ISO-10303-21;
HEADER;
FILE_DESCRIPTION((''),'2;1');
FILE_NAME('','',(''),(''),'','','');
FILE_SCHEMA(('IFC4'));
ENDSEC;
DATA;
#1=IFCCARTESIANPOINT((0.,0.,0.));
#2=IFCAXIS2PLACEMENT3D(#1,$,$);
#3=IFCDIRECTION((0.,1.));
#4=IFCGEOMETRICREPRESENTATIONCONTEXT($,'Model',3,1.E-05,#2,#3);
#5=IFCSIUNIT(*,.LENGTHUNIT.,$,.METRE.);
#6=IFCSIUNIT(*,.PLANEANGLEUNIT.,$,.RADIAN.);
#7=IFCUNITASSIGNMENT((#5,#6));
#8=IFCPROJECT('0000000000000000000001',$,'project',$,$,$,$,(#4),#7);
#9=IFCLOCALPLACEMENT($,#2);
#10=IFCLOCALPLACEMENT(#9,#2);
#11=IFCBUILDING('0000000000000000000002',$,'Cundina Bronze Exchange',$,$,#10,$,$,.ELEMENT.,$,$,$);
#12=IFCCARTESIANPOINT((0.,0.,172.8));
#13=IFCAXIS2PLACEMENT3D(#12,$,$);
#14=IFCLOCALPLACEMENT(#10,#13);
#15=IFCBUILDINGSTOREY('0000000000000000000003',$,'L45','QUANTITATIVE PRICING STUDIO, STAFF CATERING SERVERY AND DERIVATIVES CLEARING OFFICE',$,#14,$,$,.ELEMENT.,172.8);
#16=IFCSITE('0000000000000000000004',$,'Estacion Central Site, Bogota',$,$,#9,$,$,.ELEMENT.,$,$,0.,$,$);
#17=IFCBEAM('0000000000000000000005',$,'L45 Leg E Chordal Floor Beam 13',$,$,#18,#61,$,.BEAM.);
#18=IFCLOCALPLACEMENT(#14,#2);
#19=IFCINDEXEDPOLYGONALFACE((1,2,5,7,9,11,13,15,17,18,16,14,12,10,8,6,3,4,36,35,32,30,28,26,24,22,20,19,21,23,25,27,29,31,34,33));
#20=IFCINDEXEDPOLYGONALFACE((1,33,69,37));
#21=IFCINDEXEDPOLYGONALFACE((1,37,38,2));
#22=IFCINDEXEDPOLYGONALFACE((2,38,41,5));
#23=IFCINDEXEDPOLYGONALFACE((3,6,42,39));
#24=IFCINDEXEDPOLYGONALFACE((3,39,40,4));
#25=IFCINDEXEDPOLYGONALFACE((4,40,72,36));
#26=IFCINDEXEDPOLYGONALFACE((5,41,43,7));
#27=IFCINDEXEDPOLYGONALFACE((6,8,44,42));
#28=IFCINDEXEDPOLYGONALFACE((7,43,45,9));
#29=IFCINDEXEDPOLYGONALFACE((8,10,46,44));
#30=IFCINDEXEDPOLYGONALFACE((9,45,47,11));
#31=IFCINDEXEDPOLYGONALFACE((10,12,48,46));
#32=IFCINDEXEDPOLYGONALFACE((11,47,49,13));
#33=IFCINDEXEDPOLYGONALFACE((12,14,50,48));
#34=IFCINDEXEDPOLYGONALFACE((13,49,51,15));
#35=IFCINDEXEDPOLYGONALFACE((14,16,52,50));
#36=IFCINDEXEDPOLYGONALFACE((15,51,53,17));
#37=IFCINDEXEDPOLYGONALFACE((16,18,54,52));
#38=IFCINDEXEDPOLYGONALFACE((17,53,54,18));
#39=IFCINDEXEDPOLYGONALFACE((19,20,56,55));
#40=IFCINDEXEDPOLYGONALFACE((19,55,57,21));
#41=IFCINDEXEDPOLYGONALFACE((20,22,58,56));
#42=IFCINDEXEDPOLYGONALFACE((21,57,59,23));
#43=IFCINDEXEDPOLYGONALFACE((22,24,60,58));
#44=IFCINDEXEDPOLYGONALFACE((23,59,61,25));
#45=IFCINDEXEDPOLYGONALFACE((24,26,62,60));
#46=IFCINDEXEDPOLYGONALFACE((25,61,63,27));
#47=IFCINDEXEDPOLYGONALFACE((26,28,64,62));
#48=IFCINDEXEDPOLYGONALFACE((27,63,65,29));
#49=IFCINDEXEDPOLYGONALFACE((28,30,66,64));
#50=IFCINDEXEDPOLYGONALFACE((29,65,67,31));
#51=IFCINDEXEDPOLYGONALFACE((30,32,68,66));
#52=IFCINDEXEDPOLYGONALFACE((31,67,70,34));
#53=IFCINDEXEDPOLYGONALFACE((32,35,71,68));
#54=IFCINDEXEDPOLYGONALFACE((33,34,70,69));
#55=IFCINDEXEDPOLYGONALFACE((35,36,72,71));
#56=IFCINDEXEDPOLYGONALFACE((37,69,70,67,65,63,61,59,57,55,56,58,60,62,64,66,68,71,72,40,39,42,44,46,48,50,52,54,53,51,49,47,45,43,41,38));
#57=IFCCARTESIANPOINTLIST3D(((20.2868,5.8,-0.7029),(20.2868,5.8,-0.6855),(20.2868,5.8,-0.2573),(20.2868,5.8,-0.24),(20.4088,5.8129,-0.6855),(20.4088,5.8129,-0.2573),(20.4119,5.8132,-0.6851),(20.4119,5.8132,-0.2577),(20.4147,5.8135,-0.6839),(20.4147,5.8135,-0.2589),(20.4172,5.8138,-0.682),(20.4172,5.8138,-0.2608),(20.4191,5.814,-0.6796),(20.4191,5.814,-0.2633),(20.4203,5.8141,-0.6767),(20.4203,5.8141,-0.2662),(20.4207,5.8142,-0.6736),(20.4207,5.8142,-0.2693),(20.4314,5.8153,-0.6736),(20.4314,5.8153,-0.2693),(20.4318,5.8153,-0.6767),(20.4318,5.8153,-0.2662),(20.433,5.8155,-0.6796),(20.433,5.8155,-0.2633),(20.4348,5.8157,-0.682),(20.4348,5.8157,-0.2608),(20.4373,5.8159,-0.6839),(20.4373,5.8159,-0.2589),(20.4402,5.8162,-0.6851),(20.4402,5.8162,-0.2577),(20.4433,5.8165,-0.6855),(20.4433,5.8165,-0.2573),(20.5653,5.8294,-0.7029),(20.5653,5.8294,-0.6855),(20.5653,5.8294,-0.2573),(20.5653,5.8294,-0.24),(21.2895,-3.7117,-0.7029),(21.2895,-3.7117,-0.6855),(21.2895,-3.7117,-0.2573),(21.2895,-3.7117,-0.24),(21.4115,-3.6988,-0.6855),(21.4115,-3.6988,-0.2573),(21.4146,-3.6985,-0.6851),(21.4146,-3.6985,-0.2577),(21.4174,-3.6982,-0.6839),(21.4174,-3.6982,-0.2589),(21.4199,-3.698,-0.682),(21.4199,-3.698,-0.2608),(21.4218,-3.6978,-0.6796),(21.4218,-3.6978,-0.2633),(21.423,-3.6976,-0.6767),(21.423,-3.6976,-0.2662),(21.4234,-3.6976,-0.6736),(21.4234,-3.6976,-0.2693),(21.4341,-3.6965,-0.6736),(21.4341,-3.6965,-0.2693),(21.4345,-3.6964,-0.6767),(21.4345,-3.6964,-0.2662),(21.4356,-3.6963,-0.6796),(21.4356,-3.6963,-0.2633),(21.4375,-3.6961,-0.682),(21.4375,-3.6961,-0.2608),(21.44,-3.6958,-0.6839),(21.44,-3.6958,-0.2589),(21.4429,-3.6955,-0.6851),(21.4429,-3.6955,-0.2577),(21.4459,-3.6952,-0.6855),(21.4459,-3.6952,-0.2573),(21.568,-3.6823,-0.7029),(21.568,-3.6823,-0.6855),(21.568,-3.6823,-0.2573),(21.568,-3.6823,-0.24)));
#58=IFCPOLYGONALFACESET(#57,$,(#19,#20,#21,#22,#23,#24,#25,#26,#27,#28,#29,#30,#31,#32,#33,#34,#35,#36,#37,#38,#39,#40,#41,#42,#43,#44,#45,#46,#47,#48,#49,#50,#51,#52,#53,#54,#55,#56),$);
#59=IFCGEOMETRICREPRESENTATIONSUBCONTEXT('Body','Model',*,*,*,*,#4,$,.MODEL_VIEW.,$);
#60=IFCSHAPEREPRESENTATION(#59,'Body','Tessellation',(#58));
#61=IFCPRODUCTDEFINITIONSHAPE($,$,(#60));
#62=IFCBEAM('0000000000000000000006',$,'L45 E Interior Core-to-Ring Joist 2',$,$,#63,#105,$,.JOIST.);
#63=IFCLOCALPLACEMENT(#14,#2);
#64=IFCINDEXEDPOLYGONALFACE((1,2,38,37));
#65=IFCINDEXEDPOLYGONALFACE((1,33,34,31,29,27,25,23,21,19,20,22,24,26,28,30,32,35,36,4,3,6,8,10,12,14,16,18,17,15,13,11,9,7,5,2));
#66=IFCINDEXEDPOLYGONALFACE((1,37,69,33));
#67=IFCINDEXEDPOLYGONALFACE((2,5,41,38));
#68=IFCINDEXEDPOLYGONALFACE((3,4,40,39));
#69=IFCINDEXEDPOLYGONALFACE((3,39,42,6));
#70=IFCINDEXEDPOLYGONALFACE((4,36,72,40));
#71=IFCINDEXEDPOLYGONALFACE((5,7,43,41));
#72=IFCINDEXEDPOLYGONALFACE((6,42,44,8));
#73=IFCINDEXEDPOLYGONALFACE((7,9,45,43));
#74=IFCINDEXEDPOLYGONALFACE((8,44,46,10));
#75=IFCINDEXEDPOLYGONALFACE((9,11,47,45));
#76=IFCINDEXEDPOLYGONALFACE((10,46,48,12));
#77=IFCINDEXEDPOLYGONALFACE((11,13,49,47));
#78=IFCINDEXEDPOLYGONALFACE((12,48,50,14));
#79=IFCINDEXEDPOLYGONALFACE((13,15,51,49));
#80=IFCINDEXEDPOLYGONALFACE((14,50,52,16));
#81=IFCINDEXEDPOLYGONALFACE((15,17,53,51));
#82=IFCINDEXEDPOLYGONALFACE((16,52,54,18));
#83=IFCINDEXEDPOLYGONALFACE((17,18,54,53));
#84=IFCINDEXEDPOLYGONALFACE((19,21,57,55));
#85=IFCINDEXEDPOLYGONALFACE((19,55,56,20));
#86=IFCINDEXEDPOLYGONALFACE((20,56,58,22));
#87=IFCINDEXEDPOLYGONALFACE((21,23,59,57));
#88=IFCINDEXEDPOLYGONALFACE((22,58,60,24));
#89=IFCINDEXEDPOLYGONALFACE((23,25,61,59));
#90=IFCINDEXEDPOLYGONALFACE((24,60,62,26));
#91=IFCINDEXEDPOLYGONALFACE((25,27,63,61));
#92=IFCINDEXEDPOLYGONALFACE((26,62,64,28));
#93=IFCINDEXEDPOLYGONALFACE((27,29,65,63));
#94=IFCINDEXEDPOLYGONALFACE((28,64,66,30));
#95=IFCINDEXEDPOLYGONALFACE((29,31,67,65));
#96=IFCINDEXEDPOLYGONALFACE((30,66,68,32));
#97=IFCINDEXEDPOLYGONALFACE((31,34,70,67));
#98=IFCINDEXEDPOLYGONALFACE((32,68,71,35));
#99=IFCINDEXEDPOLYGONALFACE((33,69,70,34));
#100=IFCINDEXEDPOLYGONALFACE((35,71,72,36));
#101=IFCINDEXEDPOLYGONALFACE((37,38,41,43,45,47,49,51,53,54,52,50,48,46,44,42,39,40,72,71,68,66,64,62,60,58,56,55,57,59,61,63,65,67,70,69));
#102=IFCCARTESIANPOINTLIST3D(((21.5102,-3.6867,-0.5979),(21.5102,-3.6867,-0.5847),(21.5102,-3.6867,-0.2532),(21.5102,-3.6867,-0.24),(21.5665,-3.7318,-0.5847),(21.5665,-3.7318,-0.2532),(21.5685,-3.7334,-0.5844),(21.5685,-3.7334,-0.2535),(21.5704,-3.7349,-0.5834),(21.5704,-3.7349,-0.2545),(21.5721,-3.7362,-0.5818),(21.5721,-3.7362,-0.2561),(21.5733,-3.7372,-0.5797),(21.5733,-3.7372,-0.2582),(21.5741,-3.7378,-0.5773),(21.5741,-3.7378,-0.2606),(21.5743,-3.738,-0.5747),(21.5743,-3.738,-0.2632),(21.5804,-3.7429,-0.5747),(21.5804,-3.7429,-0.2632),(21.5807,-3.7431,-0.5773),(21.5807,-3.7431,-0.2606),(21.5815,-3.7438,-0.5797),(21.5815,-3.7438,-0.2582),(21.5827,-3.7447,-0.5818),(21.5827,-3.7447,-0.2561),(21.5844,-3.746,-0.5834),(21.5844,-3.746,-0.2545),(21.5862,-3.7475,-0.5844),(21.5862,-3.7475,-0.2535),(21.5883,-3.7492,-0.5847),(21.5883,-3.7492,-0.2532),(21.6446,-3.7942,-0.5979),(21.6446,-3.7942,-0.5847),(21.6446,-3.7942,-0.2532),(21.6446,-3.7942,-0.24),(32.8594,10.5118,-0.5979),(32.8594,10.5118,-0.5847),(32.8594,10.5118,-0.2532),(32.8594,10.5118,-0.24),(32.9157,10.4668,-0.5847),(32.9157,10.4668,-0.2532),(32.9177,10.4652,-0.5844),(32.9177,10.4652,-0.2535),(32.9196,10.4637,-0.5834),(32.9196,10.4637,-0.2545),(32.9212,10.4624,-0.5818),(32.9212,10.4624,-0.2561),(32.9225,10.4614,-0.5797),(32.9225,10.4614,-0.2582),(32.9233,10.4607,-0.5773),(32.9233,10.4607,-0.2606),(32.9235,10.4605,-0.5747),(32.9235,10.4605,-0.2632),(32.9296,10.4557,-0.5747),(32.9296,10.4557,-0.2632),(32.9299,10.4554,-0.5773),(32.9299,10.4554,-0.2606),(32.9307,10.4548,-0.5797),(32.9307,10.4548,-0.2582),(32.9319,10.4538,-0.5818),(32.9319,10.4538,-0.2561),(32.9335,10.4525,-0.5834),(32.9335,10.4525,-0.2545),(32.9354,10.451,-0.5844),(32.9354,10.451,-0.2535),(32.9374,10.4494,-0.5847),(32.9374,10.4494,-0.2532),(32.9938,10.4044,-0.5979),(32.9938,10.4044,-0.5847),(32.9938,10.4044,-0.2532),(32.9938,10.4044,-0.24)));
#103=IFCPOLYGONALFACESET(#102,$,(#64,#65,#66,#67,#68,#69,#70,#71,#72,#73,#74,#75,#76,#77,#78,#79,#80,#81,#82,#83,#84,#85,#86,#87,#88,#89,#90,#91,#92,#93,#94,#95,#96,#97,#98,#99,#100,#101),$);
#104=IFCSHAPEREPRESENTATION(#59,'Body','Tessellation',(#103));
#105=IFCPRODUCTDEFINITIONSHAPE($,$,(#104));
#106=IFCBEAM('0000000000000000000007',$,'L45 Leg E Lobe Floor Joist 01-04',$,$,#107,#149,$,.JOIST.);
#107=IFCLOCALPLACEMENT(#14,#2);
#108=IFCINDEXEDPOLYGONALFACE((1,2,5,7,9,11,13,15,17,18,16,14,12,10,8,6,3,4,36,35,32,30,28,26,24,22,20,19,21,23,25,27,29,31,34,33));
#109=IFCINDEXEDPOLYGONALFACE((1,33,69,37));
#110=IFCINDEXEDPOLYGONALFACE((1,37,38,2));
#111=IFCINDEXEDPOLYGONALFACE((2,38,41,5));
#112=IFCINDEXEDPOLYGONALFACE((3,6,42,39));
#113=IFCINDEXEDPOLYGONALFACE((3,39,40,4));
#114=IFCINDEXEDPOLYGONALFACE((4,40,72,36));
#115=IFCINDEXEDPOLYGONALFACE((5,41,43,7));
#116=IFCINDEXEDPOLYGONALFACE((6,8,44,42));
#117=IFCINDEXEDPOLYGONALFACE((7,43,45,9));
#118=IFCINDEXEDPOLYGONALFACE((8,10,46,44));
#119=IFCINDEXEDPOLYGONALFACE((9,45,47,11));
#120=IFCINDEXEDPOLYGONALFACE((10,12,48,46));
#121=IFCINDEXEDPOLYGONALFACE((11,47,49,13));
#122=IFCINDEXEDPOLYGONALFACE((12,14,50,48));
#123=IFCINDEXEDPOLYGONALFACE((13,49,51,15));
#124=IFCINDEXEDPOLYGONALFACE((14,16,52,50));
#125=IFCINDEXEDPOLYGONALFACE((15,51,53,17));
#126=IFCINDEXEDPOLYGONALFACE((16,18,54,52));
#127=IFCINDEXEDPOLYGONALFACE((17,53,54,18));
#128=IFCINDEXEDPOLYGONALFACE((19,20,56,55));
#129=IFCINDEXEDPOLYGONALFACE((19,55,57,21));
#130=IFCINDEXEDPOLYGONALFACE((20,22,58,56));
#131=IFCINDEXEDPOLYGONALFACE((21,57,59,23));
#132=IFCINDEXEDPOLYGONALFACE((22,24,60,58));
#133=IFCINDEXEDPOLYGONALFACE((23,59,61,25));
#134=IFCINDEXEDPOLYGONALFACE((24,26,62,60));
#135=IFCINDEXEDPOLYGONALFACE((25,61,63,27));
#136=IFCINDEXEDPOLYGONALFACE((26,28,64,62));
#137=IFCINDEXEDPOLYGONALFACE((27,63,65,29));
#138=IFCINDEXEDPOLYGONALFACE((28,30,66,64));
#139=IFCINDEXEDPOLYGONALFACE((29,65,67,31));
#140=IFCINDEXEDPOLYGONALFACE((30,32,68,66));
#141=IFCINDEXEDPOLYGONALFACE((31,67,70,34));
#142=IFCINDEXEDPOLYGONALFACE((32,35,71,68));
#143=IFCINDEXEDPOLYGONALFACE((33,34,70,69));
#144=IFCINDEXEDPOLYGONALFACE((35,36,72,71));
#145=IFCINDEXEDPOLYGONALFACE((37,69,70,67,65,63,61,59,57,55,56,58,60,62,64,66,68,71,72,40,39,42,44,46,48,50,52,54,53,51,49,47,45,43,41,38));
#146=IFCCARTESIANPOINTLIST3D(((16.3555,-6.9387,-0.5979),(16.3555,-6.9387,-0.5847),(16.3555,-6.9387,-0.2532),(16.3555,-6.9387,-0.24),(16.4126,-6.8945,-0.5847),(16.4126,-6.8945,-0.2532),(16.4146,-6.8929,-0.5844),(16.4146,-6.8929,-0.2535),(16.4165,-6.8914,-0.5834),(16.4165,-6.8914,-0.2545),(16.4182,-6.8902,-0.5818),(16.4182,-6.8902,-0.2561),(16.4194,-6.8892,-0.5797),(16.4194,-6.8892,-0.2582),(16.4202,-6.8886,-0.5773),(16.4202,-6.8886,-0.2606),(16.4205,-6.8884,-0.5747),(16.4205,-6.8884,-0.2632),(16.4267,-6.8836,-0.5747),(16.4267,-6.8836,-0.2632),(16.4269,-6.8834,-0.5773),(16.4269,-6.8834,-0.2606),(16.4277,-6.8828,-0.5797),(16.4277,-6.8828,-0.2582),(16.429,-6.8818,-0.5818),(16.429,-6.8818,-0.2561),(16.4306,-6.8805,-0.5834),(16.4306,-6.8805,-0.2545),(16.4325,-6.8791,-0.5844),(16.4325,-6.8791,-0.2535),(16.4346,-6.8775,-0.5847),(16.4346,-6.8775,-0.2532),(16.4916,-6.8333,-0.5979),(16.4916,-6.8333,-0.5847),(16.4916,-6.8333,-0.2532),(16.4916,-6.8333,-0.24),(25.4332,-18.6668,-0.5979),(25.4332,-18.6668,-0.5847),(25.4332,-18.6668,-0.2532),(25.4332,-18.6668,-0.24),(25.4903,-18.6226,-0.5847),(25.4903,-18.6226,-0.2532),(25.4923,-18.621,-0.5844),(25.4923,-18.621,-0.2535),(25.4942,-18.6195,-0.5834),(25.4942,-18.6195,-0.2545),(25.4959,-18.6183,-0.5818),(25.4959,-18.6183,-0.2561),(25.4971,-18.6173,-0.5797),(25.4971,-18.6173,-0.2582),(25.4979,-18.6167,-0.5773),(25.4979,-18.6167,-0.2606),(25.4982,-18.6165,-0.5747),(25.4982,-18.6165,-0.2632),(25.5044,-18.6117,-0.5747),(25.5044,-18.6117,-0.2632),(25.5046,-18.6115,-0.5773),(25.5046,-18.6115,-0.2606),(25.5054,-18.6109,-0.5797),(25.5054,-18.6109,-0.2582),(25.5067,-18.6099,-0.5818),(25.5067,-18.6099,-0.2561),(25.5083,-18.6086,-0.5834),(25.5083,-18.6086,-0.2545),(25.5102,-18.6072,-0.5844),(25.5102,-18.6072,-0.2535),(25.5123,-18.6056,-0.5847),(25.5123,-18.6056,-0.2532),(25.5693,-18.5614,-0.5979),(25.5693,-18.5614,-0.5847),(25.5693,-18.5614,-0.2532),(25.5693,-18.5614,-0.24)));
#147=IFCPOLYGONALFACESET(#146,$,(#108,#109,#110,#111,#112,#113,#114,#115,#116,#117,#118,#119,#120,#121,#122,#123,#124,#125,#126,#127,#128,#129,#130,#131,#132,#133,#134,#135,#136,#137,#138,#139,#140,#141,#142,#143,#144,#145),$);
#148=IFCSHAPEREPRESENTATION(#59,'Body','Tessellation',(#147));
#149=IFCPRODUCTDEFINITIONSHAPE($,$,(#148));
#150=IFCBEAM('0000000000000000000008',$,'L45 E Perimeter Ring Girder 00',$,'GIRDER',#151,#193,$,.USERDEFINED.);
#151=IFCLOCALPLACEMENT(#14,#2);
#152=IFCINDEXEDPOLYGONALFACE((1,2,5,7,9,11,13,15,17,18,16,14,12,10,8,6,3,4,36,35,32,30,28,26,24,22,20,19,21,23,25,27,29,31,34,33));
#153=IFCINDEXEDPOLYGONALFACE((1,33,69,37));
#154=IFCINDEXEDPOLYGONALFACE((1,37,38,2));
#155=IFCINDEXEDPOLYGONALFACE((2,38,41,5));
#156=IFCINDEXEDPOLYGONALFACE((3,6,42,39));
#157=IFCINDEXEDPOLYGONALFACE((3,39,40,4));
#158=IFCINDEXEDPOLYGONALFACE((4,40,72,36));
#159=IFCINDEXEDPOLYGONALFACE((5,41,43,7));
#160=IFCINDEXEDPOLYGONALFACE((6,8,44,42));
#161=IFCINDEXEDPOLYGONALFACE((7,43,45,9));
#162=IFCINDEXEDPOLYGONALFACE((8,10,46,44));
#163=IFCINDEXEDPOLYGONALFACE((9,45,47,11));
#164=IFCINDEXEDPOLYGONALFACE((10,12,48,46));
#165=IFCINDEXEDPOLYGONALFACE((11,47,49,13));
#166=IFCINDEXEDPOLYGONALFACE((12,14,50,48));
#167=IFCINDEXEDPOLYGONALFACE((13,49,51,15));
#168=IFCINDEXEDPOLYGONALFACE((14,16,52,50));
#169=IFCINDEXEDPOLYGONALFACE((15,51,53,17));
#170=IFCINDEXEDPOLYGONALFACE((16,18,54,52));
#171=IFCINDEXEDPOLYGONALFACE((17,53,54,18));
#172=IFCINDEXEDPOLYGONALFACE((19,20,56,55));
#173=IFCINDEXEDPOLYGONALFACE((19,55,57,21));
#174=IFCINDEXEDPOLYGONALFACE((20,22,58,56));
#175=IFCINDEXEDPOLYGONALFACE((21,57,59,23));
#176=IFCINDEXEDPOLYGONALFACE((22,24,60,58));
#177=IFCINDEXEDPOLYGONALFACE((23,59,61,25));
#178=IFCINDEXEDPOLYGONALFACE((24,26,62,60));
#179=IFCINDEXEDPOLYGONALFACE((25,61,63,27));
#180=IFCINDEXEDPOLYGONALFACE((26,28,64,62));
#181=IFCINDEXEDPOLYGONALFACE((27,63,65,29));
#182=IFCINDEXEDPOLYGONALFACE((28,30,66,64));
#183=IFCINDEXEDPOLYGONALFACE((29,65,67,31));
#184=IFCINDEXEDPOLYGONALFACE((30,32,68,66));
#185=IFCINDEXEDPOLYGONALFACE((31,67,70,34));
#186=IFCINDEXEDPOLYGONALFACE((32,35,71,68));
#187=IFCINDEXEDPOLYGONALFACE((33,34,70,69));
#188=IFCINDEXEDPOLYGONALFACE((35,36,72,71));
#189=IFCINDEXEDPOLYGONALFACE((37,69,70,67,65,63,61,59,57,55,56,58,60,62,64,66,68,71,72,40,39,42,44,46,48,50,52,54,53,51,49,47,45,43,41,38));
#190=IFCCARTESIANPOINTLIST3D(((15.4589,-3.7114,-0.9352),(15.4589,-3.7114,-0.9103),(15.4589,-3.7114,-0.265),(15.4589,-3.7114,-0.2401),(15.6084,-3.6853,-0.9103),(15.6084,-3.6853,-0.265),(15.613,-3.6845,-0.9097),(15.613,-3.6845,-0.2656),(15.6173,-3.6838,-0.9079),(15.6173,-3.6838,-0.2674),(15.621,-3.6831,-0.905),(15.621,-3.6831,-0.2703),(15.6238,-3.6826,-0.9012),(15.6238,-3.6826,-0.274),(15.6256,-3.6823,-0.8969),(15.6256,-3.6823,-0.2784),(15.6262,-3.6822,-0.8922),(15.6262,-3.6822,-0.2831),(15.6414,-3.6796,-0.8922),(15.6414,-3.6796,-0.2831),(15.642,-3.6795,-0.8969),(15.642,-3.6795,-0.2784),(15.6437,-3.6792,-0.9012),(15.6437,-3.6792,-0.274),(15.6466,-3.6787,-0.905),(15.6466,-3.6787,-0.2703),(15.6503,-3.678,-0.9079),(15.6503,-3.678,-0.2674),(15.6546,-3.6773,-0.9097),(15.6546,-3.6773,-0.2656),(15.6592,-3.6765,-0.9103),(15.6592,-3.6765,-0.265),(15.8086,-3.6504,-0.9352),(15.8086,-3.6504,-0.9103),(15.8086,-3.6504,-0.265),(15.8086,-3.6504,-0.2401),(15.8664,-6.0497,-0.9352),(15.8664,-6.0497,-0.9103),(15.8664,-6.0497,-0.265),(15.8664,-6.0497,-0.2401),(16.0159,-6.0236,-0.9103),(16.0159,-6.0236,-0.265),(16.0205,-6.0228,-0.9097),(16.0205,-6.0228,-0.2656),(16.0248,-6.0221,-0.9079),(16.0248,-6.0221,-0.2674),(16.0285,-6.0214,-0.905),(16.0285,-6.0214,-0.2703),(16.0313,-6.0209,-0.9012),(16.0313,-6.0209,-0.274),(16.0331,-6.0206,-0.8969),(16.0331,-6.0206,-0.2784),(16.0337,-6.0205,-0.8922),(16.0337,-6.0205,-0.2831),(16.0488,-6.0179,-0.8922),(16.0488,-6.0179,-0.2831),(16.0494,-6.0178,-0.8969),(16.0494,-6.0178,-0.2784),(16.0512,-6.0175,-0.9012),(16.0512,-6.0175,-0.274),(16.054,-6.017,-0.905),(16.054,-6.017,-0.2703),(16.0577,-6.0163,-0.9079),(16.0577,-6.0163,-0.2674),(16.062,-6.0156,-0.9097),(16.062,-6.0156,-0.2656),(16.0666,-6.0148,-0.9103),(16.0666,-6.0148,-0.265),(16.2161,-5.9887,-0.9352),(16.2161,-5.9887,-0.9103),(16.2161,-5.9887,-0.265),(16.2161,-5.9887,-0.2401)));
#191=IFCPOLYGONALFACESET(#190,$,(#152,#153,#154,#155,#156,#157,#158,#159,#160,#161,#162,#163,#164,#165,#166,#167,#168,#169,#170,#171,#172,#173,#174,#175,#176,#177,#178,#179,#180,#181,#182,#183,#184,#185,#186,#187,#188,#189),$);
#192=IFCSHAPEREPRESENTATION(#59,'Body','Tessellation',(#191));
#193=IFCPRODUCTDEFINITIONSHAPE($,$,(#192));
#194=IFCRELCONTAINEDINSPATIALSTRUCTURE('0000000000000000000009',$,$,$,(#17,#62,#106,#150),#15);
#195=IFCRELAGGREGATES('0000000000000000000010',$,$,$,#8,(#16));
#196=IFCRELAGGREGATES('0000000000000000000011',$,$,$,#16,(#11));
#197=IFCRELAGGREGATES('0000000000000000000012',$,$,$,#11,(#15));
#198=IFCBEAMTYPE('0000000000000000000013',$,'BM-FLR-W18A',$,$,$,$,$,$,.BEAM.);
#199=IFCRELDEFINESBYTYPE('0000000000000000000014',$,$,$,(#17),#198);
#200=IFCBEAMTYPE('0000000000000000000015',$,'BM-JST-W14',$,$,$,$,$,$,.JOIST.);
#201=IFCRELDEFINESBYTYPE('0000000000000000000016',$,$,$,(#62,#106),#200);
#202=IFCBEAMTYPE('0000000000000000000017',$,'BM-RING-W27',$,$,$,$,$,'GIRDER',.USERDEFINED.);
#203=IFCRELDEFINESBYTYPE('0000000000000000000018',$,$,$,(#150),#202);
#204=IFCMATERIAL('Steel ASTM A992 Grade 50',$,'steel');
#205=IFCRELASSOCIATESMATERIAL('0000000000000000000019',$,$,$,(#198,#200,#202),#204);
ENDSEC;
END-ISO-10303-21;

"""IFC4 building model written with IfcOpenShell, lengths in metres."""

from ifc_helpers import new_model, si_unit, direction, frame, origin, origin_2d, place, context, subcontext, project, spatial, i_section, extrude, material, material_profile, profile_set, type_object, element, save


model = new_model("IFC4")

# Units and contexts
model_context = context("Model", 3, precision=1e-05, world=origin(), true_north=direction((0.0, 1.0)))
body_context = subcontext(model_context, "Body", "Model", "MODEL_VIEW")
ifc_project = project(units=[si_unit("LENGTHUNIT", "METRE"), si_unit("PLANEANGLEUNIT", "RADIAN")], contexts=[model_context])

# Site, building, storey
site_placement = place(None, origin())
site = spatial("IfcSite", under=ifc_project, at=site_placement, Name="Estacion Central Site, Bogota", CompositionType="ELEMENT", RefElevation=0.0)
building_placement = place(site_placement, origin())
building = spatial("IfcBuilding", under=site, at=building_placement, Name="Cundina Bronze Exchange", CompositionType="ELEMENT")
storey_placement = place(building_placement, frame((0.0, 0.0, 172.8)))
storey = spatial("IfcBuildingStorey", under=building, at=storey_placement, Name="L45", Description="QUANTITATIVE PRICING STUDIO, STAFF CATERING SERVERY AND DERIVATIVES CLEARING OFFICE", CompositionType="ELEMENT", Elevation=172.8)

# Shared definitions
ifc_material_1 = material(Name="Steel ASTM A992 Grade 50", Category="steel")

# Beams
ifc_material_profile_1 = material_profile(ifc_material_1, i_section(OverallWidth=0.28, OverallDepth=0.4629, WebThickness=0.0107, FlangeThickness=0.0173, FilletRadius=0.012, at=origin_2d()), Name="W18X76", Category="steel")
ifc_profile_set_1 = profile_set([ifc_material_profile_1], Name="Steel ASTM A992 Grade 50")
beam_type_1 = type_object("IfcBeamType", Name="BM-FLR-W18A", PredefinedType="BEAM", material=ifc_profile_set_1)
beam_1_placement = place(storey_placement, frame((21.4287, -3.697, -0.4714), z_axis=(-0.104835, 0.99449, 0.0), x_axis=(-0.99449, -0.104835, 0.0)))
element("IfcBeam", 1, at=beam_1_placement, inside=storey, type_object=beam_type_1, Name="L45 Leg E Chordal Floor Beam 13", PredefinedType="BEAM", context=body_context, shape_type="SweptSolid", body=[
    extrude(i_section(OverallWidth=0.28, OverallDepth=0.4629, WebThickness=0.0107, FlangeThickness=0.0173, FilletRadius=0.012, at=origin_2d()), origin(), (0.0, 0.0, 1.0), 9.5645),
])
ifc_material_profile_2 = material_profile(ifc_material_1, i_section(OverallWidth=0.1721, OverallDepth=0.3579, WebThickness=0.0078, FlangeThickness=0.0132, FilletRadius=0.01, at=origin_2d()), Name="W14X38", Category="steel")
ifc_profile_set_2 = profile_set([ifc_material_profile_2], Name="Steel ASTM A992 Grade 50")
beam_type_2 = type_object("IfcBeamType", Name="BM-JST-W14", PredefinedType="JOIST", material=ifc_profile_set_2)
beam_2_placement = place(storey_placement, frame((21.5774, -3.7405, -0.4189), z_axis=(0.624371, 0.781128, 0.0), x_axis=(-0.781128, 0.624371, 0.0)))
element("IfcBeam", 2, at=beam_2_placement, inside=storey, type_object=beam_type_2, Name="L45 E Interior Core-to-Ring Joist 2", PredefinedType="JOIST", context=body_context, shape_type="SweptSolid", body=[
    extrude(i_section(OverallWidth=0.1721, OverallDepth=0.3579, WebThickness=0.0078, FlangeThickness=0.0132, FilletRadius=0.01, at=origin_2d()), origin(), (0.0, 0.0, 1.0), 18.177),
])
beam_3_placement = place(storey_placement, frame((16.4236, -6.886, -0.4189), z_axis=(0.612084, -0.790793, 0.0), x_axis=(0.790793, 0.612084, 0.0)))
element("IfcBeam", 3, at=beam_3_placement, inside=storey, type_object=beam_type_2, Name="L45 Leg E Lobe Floor Joist 01-04", PredefinedType="JOIST", context=body_context, shape_type="SweptSolid", body=[
    extrude(i_section(OverallWidth=0.1721, OverallDepth=0.3579, WebThickness=0.0078, FlangeThickness=0.0132, FilletRadius=0.01, at=origin_2d()), origin(), (0.0, 0.0, 1.0), 14.8308),
])
ifc_material_profile_3 = material_profile(ifc_material_1, i_section(OverallWidth=0.355, OverallDepth=0.6951, WebThickness=0.0154, FlangeThickness=0.0249, FilletRadius=0.0181, at=origin_2d()), Name="W27X146", Category="steel")
ifc_profile_set_3 = profile_set([ifc_material_profile_3], Name="Steel ASTM A992 Grade 50")
beam_type_3 = type_object("IfcBeamType", Name="BM-RING-W27", ElementType="GIRDER", PredefinedType="USERDEFINED", material=ifc_profile_set_3)
beam_4_placement = place(storey_placement, frame((15.6338, -3.6809, -0.5876), z_axis=(0.171667, -0.985155, 0.0), x_axis=(0.985155, 0.171667, 0.0)))
element("IfcBeam", 4, at=beam_4_placement, inside=storey, type_object=beam_type_3, Name="L45 E Perimeter Ring Girder 00", ObjectType="GIRDER", PredefinedType="USERDEFINED", context=body_context, shape_type="SweptSolid", body=[
    extrude(i_section(OverallWidth=0.355, OverallDepth=0.6951, WebThickness=0.0154, FlangeThickness=0.0249, FilletRadius=0.0181, at=origin_2d()), origin(), (0.0, 0.0, 1.0), 2.3735),
])

save(model, "model.ifc")
